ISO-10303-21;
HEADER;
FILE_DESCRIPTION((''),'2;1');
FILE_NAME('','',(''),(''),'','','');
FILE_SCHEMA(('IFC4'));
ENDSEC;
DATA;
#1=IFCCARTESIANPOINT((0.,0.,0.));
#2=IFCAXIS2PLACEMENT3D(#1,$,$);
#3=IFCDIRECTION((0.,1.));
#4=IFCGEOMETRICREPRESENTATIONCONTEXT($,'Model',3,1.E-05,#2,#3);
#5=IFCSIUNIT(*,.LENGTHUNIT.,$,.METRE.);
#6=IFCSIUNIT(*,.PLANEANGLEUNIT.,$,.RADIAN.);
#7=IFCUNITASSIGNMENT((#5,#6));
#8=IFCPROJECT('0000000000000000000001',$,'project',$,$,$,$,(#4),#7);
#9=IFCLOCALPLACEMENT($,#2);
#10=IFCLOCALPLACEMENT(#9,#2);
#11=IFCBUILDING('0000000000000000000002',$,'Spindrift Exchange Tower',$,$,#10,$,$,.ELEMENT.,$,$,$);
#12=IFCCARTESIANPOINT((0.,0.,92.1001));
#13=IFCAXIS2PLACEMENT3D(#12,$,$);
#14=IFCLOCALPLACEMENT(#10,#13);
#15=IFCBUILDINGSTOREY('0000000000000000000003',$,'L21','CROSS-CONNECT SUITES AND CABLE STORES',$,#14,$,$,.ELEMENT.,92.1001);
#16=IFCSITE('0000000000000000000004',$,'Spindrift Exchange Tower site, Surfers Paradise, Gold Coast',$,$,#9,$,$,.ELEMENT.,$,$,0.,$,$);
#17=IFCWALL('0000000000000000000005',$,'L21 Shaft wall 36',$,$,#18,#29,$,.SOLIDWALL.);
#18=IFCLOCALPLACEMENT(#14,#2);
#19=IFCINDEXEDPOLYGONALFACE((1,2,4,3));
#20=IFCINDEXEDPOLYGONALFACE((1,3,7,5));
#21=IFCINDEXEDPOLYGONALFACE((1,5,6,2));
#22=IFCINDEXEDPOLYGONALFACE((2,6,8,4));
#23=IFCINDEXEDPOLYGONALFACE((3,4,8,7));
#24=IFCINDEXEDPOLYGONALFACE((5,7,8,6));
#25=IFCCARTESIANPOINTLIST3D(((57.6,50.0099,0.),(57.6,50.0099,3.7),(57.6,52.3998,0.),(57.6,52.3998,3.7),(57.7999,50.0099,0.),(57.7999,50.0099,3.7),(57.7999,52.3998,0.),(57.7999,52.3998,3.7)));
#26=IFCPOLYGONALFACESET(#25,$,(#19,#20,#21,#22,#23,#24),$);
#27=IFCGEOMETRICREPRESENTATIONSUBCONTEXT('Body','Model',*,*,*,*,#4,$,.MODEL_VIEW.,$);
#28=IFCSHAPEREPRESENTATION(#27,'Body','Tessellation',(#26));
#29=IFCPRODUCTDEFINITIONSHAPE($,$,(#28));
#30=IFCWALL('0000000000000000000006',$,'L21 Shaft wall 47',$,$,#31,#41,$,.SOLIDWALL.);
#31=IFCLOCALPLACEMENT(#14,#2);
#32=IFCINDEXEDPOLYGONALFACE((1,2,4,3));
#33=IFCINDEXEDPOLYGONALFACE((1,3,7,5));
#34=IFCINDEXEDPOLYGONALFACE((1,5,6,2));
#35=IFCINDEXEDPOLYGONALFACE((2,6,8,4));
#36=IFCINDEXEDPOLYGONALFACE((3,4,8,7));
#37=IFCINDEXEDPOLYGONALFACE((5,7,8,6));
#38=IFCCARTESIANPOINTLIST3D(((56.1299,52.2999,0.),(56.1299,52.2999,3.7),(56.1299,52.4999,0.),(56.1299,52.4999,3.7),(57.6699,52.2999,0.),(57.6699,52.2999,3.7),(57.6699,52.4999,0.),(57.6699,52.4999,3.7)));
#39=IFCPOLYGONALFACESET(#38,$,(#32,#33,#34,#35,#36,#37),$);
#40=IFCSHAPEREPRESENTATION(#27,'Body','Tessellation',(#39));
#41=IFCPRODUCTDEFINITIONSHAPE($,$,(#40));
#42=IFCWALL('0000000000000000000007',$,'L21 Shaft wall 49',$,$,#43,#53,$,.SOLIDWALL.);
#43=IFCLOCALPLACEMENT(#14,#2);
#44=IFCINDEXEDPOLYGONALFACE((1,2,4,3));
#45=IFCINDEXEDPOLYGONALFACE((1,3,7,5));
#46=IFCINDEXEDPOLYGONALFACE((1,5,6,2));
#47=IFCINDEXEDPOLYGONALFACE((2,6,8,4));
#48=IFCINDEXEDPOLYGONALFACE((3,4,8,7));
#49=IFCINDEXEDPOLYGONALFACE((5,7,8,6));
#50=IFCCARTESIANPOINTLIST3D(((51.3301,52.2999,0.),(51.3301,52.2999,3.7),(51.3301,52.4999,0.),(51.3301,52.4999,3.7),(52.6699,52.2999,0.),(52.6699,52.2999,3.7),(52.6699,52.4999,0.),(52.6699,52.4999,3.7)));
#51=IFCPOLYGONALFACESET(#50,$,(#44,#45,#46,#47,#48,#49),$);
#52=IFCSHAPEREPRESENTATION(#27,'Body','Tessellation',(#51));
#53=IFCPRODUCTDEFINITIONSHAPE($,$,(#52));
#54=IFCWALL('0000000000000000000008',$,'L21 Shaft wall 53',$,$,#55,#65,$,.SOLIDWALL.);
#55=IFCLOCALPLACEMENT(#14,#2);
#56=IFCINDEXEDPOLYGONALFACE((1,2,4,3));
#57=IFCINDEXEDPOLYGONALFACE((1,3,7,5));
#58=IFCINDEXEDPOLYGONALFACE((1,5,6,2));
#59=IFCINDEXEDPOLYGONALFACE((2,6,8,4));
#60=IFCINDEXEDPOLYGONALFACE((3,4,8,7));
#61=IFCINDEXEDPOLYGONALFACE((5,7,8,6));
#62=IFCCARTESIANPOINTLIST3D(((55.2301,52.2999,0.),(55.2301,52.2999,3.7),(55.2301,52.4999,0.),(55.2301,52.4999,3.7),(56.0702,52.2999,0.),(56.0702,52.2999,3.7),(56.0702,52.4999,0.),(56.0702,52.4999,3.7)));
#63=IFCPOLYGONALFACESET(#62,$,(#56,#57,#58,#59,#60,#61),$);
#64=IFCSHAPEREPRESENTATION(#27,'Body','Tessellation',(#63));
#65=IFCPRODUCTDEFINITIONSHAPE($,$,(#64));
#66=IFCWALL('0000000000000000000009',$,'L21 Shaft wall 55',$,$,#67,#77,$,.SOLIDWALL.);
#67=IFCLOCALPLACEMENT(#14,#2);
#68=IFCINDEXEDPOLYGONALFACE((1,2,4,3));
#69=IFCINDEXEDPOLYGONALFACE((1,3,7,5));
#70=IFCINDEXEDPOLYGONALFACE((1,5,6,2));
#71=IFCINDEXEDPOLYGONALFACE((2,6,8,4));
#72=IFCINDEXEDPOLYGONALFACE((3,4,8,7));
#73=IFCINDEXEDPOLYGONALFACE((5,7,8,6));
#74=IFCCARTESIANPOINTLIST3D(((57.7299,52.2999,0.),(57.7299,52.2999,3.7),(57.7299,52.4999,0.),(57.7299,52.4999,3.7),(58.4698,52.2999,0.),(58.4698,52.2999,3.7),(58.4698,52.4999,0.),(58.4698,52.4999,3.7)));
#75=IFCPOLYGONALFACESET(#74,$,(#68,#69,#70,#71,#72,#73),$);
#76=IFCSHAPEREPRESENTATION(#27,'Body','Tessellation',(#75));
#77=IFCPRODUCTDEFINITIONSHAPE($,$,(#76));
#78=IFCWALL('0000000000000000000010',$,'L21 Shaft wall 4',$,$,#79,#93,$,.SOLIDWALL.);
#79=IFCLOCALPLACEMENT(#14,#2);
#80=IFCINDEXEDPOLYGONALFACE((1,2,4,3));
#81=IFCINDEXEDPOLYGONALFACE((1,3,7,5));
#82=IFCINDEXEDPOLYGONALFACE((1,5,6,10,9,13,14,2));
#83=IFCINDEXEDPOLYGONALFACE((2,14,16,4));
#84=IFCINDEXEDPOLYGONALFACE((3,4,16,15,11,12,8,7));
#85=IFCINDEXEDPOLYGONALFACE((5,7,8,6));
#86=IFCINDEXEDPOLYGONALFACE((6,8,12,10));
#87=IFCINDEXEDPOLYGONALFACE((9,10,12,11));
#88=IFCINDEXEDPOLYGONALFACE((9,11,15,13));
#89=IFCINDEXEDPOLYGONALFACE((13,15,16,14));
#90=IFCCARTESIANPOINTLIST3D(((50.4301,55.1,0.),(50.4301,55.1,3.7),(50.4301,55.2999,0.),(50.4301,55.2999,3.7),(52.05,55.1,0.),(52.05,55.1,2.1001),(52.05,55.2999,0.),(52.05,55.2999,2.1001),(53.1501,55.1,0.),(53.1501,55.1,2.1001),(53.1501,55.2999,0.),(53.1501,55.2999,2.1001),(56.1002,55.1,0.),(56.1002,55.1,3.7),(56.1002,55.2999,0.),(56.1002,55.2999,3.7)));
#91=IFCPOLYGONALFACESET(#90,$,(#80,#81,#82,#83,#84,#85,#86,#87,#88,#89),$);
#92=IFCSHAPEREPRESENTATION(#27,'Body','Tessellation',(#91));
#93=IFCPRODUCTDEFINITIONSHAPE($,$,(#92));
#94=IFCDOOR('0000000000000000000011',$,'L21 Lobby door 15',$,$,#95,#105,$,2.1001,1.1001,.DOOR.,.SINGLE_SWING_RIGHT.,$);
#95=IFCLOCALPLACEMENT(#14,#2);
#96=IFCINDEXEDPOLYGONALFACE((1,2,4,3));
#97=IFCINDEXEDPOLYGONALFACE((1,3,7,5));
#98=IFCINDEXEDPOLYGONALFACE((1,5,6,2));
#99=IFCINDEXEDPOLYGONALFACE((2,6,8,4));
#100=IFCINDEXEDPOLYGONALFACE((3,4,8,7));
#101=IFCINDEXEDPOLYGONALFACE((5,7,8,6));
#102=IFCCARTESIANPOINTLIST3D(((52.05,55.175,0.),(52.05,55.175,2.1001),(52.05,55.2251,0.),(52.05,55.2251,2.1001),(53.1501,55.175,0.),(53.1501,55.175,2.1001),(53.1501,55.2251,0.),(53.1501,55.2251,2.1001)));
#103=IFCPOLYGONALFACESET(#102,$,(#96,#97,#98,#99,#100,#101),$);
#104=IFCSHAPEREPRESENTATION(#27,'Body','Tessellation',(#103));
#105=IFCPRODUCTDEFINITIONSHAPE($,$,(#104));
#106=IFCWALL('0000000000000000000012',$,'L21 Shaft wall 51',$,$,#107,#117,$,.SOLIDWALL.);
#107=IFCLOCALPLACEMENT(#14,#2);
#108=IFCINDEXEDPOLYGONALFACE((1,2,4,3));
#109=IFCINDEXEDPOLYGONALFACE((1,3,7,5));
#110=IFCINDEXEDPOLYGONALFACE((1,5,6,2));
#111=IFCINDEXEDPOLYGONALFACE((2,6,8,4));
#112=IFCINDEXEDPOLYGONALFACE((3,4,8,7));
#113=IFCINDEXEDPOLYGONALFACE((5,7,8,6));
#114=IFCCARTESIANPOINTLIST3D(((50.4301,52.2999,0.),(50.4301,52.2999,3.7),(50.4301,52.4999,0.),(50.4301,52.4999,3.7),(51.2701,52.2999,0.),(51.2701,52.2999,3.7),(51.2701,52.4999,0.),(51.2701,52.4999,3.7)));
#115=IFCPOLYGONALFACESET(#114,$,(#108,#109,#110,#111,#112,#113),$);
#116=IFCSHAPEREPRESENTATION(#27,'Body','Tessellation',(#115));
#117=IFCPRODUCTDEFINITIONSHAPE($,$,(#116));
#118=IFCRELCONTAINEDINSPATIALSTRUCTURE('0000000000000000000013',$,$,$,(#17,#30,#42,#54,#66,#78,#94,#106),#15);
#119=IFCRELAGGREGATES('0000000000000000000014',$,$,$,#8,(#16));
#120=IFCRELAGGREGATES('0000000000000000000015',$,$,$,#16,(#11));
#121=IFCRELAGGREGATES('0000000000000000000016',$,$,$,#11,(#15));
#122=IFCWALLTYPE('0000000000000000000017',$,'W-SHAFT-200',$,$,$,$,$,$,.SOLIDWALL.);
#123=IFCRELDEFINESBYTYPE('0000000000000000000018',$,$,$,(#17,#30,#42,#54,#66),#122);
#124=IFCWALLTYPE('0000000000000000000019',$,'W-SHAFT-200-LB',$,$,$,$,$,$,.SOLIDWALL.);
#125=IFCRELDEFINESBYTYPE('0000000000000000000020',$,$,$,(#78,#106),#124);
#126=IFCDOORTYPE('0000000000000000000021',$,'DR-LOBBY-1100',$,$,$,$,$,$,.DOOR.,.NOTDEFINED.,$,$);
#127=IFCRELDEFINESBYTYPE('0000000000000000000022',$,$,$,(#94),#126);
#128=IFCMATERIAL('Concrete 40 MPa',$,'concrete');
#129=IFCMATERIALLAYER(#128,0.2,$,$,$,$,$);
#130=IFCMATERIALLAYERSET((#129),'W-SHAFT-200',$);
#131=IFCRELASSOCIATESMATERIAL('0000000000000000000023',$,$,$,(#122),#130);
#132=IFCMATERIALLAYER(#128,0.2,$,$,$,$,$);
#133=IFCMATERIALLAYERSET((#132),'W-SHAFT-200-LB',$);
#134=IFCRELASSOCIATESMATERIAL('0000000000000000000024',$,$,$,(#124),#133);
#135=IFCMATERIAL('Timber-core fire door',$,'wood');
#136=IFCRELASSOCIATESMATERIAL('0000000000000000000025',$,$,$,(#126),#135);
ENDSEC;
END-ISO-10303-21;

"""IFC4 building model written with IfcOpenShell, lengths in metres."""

from ifc_helpers import new_model, si_unit, direction, frame, frame_2d, origin, place, context, subcontext, project, spatial, rectangle, extrude, source, transform, mapped, material, layer, layer_set, type_object, element, fill, save


model = new_model("IFC4")

# Units and contexts
model_context = context("Model", 3, precision=1e-05, world=origin(), true_north=direction((0.0, 1.0)))
body_context = subcontext(model_context, "Body", "Model", "MODEL_VIEW")
ifc_project = project(units=[si_unit("LENGTHUNIT", "METRE"), si_unit("PLANEANGLEUNIT", "RADIAN")], contexts=[model_context])

# Site, building, storey
site_placement = place(None, origin())
site = spatial("IfcSite", under=ifc_project, at=site_placement, Name="Spindrift Exchange Tower site, Surfers Paradise, Gold Coast", CompositionType="ELEMENT", RefElevation=0.0)
building_placement = place(site_placement, origin())
building = spatial("IfcBuilding", under=site, at=building_placement, Name="Spindrift Exchange Tower", CompositionType="ELEMENT")
storey_placement = place(building_placement, frame((0.0, 0.0, 92.1001)))
storey = spatial("IfcBuildingStorey", under=building, at=storey_placement, Name="L21", Description="CROSS-CONNECT SUITES AND CABLE STORES", CompositionType="ELEMENT", Elevation=92.1001)

# Shared definitions
ifc_material_1 = material(Name="Concrete 40 MPa", Category="concrete")
ifc_layer_1 = layer(ifc_material_1, 0.2)
ifc_layer_set_1 = layer_set([ifc_layer_1], Name="W-SHAFT-200")
wall_type_1 = type_object("IfcWallType", Name="W-SHAFT-200", PredefinedType="SOLIDWALL", material=ifc_layer_set_1)

# Walls
wall_1_placement = place(storey_placement, frame((57.7, 50.01, 0.0), z_axis=(0.0, 0.0, 1.0), x_axis=(0.0, 1.0, 0.0)))
element("IfcWall", 1, at=wall_1_placement, inside=storey, type_object=wall_type_1, Name="L21 Shaft wall 36", PredefinedType="SOLIDWALL", context=body_context, shape_type="SweptSolid", body=[
    extrude(rectangle(XDim=2.3899, YDim=0.2, at=frame_2d((1.1948, 0.0))), origin(), (0.0, 0.0, 1.0), 3.7),
])
wall_2_placement = place(storey_placement, frame((57.6699, 52.3999, 0.0), z_axis=(0.0, 0.0, 1.0), x_axis=(-1.0, 0.0, 0.0)))
element("IfcWall", 2, at=wall_2_placement, inside=storey, type_object=wall_type_1, Name="L21 Shaft wall 47", PredefinedType="SOLIDWALL", context=body_context, shape_type="SweptSolid", body=[
    extrude(rectangle(XDim=1.54, YDim=0.2, at=frame_2d((0.77, 0.0))), origin(), (0.0, 0.0, 1.0), 3.7),
])
wall_3_placement = place(storey_placement, frame((51.3301, 52.3999, 0.0), z_axis=(0.0, 0.0, 1.0), x_axis=(1.0, 0.0, 0.0)))
element("IfcWall", 3, at=wall_3_placement, inside=storey, type_object=wall_type_1, Name="L21 Shaft wall 49", PredefinedType="SOLIDWALL", context=body_context, shape_type="SweptSolid", body=[
    extrude(rectangle(XDim=1.3398, YDim=0.2, at=frame_2d((0.6699, 0.0))), origin(), (0.0, 0.0, 1.0), 3.7),
])
wall_4_placement = place(storey_placement, frame((56.0701, 52.3999, 0.0), z_axis=(0.0, 0.0, 1.0), x_axis=(-1.0, 0.0, 0.0)))
element("IfcWall", 4, at=wall_4_placement, inside=storey, type_object=wall_type_1, Name="L21 Shaft wall 53", PredefinedType="SOLIDWALL", context=body_context, shape_type="SweptSolid", body=[
    extrude(rectangle(XDim=0.8401, YDim=0.2, at=frame_2d((0.4199, 0.0))), origin(), (0.0, 0.0, 1.0), 3.7),
])
wall_5_placement = place(storey_placement, frame((58.47, 52.3999, 0.0), z_axis=(0.0, 0.0, 1.0), x_axis=(-1.0, 0.0, 0.0)))
element("IfcWall", 5, at=wall_5_placement, inside=storey, type_object=wall_type_1, Name="L21 Shaft wall 55", PredefinedType="SOLIDWALL", context=body_context, shape_type="SweptSolid", body=[
    extrude(rectangle(XDim=0.74, YDim=0.2, at=frame_2d((0.3701, 0.0))), origin(), (0.0, 0.0, 1.0), 3.7),
])

# Wall, opening, door
ifc_layer_2 = layer(ifc_material_1, 0.2)
ifc_layer_set_2 = layer_set([ifc_layer_2], Name="W-SHAFT-200-LB")
wall_type_2 = type_object("IfcWallType", Name="W-SHAFT-200-LB", PredefinedType="SOLIDWALL", material=ifc_layer_set_2)
wall_6_placement = place(storey_placement, frame((56.1001, 55.2, 0.0), z_axis=(0.0, 0.0, 1.0), x_axis=(-1.0, 0.0, 0.0)))
wall_6 = element("IfcWall", 6, at=wall_6_placement, inside=storey, type_object=wall_type_2, Name="L21 Shaft wall 4", PredefinedType="SOLIDWALL", context=body_context, shape_type="SweptSolid", body=[
    extrude(rectangle(XDim=5.6702, YDim=0.2, at=frame_2d((2.835, 0.0))), origin(), (0.0, 0.0, 1.0), 3.7),
])
opening_1_placement = place(wall_6_placement, frame((2.95, 0.0, 0.0)))
opening_1 = element("IfcOpeningElement", 7, at=opening_1_placement, cuts=wall_6, PredefinedType="OPENING", context=body_context, shape_type="SweptSolid", body=[
    extrude(rectangle(XDim=1.1001, YDim=2.1001, at=frame_2d((0.55, 1.05))), frame((0.0, 0.1099, 0.0), z_axis=(0.0, -1.0, 0.0), x_axis=(1.0, 0.0, 0.0)), (0.0, 0.0, 1.0), 0.22),
])
ifc_material_2 = material(Name="Timber-core fire door", Category="wood")
door_type_1 = type_object("IfcDoorType", Name="DR-LOBBY-1100", OperationType="NOTDEFINED", PredefinedType="DOOR", material=ifc_material_2)
shared_shape_1 = source(origin(), body_context, "Body", "SweptSolid", [
    extrude(rectangle(XDim=1.1001, YDim=2.1001, at=frame_2d((0.55, 1.05))), frame((0.0, 0.0249, 0.0), z_axis=(0.0, -1.0, 0.0), x_axis=(1.0, 0.0, 0.0)), (0.0, 0.0, 1.0), 0.05),
])
door_1_placement = place(opening_1_placement, origin())
door_1 = element("IfcDoor", 8, at=door_1_placement, inside=storey, type_object=door_type_1, Name="L21 Lobby door 15", OperationType="SINGLE_SWING_RIGHT", OverallHeight=2.1001, OverallWidth=1.1001, PredefinedType="DOOR", context=body_context, shape_type="MappedRepresentation", body=[
    mapped(shared_shape_1, transform((0.0, 0.0, 0.0), scale=1.0)),
])
fill(opening_1, door_1)

# Wall
wall_7_placement = place(storey_placement, frame((51.27, 52.3999, 0.0), z_axis=(0.0, 0.0, 1.0), x_axis=(-1.0, 0.0, 0.0)))
element("IfcWall", 9, at=wall_7_placement, inside=storey, type_object=wall_type_2, Name="L21 Shaft wall 51", PredefinedType="SOLIDWALL", context=body_context, shape_type="SweptSolid", body=[
    extrude(rectangle(XDim=0.8401, YDim=0.2, at=frame_2d((0.4199, 0.0))), origin(), (0.0, 0.0, 1.0), 3.7),
])

save(model, "model.ifc")
